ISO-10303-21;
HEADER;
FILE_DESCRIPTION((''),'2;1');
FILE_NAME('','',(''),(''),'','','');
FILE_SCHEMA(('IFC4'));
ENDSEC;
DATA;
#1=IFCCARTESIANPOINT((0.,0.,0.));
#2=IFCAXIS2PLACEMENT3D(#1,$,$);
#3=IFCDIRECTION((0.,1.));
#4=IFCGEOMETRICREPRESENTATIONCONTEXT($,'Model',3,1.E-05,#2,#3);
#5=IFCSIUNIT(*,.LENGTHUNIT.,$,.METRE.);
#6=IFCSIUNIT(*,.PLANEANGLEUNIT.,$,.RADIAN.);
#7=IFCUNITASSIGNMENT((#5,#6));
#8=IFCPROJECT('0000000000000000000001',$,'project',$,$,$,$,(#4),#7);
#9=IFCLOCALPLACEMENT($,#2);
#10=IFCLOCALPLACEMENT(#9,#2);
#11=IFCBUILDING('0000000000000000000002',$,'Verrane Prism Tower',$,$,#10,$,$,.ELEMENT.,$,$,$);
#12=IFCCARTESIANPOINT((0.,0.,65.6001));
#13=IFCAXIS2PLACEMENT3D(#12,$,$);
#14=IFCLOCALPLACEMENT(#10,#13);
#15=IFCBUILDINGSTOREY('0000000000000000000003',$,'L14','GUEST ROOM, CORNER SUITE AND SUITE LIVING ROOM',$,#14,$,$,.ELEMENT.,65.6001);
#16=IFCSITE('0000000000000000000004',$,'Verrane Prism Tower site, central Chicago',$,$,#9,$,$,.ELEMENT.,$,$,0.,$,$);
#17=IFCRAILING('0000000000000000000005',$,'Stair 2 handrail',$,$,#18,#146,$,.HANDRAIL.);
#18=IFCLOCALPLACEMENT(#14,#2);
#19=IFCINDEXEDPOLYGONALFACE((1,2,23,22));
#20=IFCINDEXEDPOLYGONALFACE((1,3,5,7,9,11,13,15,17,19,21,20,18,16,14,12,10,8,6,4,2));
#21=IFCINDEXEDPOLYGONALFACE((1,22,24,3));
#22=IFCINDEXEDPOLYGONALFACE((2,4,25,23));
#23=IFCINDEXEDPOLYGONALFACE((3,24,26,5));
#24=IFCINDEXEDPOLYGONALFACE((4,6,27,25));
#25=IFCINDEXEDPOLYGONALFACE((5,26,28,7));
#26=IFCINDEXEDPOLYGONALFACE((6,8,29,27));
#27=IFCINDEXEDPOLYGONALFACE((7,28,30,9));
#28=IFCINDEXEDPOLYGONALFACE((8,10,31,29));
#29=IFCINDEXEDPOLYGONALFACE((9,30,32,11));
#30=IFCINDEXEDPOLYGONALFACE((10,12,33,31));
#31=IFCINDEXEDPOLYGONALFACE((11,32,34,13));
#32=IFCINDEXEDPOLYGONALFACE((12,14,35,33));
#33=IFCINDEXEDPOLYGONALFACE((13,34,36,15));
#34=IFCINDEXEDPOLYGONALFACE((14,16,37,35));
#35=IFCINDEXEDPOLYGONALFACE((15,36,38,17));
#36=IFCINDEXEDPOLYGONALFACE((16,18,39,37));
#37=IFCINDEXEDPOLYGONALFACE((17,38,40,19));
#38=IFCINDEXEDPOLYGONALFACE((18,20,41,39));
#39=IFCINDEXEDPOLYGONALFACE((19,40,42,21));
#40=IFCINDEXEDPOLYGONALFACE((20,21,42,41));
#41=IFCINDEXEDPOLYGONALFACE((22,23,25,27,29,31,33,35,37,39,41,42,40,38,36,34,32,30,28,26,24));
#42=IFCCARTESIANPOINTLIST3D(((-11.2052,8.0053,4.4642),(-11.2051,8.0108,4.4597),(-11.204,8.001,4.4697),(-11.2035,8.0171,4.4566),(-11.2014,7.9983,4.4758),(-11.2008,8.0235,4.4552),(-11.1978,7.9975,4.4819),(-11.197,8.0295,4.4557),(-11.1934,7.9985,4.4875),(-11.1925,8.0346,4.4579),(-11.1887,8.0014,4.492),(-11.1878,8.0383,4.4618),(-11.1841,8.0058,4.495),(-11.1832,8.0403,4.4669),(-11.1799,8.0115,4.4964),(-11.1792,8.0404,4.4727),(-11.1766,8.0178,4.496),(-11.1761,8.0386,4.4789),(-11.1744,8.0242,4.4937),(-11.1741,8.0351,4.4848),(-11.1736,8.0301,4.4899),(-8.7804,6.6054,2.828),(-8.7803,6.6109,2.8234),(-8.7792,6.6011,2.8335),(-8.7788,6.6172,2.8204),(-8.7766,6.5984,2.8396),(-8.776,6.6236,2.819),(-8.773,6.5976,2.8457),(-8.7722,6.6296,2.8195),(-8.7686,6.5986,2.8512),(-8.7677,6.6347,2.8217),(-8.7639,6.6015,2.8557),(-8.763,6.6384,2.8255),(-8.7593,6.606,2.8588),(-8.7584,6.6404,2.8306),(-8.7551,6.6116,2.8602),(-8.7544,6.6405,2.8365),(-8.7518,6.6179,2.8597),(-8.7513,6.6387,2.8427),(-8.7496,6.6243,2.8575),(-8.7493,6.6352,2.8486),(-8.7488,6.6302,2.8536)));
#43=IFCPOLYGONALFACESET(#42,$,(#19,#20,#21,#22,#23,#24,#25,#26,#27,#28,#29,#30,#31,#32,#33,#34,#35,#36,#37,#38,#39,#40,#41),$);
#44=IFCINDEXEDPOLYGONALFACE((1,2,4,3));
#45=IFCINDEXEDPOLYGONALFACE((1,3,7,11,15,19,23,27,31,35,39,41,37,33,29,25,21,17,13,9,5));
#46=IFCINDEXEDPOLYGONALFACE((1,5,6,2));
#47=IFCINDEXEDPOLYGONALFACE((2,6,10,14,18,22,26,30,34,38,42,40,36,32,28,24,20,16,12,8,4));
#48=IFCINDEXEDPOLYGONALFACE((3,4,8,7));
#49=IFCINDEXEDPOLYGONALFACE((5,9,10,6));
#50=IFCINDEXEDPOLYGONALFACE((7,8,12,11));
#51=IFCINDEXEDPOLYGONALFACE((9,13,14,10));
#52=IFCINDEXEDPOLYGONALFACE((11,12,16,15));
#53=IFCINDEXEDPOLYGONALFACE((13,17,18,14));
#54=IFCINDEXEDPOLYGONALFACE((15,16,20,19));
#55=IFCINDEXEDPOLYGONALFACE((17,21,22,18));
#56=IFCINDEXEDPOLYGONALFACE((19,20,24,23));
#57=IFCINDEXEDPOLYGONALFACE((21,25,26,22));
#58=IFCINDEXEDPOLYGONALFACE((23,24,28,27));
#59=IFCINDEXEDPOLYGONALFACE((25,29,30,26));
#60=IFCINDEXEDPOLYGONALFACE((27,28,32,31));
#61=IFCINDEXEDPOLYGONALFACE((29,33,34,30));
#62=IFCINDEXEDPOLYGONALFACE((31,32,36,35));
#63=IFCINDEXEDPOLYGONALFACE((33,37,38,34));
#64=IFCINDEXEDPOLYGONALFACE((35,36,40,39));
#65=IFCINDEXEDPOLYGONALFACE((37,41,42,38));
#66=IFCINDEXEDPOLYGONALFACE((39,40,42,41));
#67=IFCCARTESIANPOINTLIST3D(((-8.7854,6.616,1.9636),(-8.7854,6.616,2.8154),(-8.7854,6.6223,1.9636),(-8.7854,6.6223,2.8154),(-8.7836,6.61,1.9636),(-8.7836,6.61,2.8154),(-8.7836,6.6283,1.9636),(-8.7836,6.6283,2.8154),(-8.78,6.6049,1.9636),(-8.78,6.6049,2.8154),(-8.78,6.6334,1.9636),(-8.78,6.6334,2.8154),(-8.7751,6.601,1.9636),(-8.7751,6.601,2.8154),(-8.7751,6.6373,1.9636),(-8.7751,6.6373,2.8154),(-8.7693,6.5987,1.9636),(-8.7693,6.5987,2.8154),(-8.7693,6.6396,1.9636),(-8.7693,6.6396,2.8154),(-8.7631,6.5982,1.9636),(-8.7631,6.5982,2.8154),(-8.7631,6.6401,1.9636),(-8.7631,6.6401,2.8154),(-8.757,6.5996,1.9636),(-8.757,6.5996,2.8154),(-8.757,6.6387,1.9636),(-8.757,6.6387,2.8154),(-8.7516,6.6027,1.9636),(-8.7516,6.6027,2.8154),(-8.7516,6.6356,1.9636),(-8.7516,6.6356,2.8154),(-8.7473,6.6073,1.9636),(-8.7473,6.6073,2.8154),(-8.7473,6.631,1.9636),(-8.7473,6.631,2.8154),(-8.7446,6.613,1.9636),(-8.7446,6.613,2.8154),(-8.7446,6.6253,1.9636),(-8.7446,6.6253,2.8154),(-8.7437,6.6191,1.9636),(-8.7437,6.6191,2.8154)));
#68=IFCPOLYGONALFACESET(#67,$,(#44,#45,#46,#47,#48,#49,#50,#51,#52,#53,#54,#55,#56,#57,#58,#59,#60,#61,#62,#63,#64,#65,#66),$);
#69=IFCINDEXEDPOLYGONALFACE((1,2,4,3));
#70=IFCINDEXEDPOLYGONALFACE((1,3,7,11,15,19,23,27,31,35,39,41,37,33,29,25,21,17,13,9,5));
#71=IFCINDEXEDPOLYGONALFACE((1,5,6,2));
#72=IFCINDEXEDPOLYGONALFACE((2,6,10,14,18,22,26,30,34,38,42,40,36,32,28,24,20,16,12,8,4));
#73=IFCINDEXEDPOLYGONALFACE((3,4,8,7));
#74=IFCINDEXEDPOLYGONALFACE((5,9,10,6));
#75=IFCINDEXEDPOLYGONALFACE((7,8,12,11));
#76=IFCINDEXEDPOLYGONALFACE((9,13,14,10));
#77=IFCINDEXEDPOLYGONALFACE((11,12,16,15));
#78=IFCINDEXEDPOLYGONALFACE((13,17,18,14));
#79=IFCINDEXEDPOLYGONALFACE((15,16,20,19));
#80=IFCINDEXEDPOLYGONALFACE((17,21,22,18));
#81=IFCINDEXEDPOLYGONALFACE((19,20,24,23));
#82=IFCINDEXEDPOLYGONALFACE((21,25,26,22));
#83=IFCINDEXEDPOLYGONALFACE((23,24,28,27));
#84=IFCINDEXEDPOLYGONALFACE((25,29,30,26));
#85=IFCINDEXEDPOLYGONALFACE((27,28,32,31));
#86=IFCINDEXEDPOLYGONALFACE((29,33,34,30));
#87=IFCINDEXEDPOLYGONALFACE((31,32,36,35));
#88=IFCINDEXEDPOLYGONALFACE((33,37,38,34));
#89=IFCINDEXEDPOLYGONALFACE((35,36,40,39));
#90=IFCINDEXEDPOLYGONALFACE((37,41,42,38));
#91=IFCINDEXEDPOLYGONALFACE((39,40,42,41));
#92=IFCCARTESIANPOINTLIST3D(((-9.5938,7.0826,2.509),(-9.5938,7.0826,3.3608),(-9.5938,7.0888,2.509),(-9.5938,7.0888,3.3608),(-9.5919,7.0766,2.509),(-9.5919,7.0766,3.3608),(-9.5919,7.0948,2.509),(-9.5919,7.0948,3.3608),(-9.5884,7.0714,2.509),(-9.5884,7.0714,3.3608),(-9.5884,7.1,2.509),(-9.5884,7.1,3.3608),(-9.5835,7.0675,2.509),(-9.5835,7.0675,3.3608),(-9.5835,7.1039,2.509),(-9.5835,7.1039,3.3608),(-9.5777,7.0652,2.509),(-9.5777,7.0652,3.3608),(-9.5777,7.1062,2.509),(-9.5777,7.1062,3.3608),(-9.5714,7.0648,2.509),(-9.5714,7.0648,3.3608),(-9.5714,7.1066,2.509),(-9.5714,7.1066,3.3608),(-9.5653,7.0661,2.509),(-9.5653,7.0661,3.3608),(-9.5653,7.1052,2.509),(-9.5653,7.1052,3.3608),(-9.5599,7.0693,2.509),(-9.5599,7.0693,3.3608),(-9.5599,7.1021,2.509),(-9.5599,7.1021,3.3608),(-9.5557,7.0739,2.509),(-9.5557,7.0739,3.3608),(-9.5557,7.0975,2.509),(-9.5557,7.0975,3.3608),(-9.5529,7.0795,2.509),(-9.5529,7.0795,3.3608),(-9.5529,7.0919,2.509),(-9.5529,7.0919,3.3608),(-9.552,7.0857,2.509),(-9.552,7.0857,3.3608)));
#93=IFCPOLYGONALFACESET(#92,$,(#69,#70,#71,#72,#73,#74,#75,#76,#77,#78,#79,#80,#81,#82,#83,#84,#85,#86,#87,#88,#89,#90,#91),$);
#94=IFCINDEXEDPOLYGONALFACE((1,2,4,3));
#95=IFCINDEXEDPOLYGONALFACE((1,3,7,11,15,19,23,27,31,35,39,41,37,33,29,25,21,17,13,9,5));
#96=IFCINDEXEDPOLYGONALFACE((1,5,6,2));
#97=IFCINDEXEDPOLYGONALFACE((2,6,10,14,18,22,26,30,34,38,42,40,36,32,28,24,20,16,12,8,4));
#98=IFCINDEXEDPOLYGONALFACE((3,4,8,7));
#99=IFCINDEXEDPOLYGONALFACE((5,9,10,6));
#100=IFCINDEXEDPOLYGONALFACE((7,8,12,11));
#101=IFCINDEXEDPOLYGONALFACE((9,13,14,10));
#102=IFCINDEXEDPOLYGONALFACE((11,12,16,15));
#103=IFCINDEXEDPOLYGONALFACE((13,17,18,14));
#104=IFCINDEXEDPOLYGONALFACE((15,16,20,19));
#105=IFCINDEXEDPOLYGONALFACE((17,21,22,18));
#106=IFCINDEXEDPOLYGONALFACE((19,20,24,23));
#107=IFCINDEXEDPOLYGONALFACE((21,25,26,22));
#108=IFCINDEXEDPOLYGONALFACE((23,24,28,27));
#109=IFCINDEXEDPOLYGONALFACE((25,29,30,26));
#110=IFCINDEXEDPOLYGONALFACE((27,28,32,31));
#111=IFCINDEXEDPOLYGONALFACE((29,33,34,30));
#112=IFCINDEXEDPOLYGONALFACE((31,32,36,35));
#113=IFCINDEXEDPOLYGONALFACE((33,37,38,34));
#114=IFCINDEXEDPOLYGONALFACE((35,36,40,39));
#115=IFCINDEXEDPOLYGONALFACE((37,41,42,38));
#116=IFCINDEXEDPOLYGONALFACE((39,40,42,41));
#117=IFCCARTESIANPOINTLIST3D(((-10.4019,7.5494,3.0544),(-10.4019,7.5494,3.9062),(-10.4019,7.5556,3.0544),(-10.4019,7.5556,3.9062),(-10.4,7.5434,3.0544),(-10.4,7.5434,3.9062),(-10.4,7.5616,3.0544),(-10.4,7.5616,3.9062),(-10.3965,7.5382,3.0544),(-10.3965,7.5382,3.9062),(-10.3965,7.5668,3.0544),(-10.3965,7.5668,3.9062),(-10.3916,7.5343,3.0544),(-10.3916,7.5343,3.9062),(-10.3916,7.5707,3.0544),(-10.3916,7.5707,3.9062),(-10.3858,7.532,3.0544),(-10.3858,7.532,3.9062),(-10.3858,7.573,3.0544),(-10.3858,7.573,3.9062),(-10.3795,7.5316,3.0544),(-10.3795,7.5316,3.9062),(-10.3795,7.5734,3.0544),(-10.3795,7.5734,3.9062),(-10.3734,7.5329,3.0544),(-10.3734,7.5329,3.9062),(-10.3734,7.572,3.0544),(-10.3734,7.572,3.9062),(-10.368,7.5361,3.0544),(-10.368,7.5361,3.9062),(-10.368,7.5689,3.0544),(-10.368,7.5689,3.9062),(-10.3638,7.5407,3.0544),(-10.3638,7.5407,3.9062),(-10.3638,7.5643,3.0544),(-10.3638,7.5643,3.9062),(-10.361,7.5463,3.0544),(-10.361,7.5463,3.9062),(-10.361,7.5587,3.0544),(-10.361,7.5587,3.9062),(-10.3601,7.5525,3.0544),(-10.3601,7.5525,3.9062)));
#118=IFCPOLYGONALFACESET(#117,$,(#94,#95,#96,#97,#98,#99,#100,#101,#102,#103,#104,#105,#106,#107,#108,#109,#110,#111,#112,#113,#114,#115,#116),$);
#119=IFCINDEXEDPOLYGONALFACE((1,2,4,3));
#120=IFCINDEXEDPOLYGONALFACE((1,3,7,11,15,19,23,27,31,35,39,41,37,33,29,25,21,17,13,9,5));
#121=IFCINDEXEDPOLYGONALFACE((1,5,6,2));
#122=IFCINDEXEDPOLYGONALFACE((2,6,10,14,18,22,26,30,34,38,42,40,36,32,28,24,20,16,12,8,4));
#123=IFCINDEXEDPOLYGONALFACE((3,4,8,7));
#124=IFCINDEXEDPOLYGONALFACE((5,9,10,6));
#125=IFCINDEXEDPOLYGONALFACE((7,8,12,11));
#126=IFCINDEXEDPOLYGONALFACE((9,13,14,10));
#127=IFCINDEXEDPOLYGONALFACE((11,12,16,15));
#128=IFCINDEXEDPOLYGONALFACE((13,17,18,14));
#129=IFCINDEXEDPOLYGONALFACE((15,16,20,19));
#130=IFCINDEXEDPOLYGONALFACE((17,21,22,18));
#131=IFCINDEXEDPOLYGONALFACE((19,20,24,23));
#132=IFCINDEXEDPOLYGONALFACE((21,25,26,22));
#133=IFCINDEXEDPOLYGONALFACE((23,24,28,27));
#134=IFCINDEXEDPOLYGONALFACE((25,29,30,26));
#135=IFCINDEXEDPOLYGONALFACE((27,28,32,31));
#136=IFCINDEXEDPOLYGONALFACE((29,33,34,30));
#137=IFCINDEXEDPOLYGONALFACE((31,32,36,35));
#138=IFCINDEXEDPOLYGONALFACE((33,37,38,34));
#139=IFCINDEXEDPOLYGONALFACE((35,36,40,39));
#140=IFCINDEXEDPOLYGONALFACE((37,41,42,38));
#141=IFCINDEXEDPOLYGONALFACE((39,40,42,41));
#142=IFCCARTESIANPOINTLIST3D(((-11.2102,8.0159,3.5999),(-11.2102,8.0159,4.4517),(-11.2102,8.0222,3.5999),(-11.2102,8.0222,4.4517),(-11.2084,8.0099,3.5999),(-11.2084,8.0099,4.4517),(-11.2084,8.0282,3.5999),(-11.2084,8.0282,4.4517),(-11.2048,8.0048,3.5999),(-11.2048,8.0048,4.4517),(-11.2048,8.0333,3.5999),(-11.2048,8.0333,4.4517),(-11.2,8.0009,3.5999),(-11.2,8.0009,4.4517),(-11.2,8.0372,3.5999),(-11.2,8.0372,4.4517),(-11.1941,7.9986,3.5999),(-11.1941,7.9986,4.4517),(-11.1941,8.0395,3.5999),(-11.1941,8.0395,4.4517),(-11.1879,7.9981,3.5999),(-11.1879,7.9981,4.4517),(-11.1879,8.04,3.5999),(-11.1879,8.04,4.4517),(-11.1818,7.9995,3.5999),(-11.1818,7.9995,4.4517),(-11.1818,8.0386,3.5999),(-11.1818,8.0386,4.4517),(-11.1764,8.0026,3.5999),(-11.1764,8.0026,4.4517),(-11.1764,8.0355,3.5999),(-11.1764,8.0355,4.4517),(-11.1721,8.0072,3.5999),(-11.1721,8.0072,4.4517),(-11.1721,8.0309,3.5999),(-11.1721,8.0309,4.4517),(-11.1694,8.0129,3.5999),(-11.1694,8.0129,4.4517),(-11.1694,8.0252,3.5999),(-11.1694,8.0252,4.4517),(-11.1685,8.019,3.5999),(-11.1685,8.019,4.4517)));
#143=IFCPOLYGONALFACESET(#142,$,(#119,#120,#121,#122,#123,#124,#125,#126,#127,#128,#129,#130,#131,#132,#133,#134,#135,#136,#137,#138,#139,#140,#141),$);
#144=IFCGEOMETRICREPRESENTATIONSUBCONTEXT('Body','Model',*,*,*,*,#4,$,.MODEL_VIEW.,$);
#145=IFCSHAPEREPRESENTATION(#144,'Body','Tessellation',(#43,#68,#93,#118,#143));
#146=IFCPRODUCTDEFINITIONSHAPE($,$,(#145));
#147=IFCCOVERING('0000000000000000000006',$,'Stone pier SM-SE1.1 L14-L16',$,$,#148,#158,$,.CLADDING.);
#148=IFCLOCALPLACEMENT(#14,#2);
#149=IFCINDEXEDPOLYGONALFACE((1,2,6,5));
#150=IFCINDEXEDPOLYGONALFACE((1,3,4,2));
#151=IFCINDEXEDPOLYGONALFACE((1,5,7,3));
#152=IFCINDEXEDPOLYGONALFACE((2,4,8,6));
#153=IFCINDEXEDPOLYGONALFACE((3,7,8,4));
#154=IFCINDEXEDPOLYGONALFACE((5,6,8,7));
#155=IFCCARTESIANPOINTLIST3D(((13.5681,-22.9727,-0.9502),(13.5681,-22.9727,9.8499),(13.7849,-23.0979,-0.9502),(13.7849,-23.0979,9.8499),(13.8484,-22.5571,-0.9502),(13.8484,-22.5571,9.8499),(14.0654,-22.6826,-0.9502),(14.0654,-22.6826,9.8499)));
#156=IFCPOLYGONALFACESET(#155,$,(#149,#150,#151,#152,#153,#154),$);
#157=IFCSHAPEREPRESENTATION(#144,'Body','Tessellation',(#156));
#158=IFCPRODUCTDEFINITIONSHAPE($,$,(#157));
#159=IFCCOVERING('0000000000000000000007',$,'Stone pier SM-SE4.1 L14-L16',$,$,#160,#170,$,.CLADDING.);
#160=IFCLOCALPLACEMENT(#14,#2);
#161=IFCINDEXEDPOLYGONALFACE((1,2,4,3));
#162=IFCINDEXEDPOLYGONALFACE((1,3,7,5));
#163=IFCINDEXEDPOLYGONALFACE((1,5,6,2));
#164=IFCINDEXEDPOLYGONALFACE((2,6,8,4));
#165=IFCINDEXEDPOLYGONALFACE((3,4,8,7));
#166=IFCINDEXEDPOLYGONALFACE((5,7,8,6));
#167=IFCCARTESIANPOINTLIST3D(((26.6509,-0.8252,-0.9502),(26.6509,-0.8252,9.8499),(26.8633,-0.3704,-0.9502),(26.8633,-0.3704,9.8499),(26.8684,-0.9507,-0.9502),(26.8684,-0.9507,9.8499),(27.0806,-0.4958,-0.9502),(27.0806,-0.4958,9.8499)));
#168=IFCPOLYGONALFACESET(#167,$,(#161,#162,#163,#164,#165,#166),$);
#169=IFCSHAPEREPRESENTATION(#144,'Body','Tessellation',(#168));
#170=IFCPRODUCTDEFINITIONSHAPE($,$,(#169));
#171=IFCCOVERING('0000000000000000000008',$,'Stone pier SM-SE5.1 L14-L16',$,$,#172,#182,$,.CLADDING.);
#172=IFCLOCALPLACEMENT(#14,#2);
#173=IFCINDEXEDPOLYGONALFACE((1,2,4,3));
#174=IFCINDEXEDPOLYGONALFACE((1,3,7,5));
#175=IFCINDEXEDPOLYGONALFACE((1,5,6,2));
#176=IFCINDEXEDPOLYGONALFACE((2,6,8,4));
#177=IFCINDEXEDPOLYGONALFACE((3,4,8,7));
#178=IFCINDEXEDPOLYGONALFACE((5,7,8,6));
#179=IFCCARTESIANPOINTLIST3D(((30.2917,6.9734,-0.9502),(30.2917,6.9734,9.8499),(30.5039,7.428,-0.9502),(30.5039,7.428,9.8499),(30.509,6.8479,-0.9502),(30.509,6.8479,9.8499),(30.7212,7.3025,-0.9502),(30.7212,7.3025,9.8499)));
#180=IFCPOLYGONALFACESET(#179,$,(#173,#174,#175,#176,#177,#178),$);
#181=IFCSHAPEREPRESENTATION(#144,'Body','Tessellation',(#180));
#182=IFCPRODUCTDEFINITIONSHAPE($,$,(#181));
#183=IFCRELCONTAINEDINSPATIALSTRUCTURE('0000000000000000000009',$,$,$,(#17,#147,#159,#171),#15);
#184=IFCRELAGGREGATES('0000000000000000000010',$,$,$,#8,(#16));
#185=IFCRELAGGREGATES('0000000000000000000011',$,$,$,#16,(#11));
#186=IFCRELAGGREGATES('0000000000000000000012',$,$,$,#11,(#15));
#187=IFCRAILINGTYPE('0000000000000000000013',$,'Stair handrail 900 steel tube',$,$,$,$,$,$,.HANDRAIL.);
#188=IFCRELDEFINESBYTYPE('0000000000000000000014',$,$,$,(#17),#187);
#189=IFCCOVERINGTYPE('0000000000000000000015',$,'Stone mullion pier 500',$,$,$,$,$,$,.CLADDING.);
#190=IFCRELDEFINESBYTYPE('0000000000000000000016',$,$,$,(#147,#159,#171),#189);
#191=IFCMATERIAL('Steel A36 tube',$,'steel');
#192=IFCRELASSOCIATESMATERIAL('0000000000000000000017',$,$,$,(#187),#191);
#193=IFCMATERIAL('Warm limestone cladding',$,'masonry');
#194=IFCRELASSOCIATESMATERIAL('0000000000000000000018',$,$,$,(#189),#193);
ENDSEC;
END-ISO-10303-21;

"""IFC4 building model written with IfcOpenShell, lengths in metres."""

from ifc_helpers import new_model, si_unit, direction, frame, origin, origin_2d, place, context, subcontext, project, spatial, polyline, circle, outline, extrude, material, type_object, element, save


model = new_model("IFC4")

# Units and contexts
model_context = context("Model", 3, precision=1e-05, world=origin(), true_north=direction((0.0, 1.0)))
body_context = subcontext(model_context, "Body", "Model", "MODEL_VIEW")
ifc_project = project(units=[si_unit("LENGTHUNIT", "METRE"), si_unit("PLANEANGLEUNIT", "RADIAN")], contexts=[model_context])

# Site, building, storey
site_placement = place(None, origin())
site = spatial("IfcSite", under=ifc_project, at=site_placement, Name="Verrane Prism Tower site, central Chicago", CompositionType="ELEMENT", RefElevation=0.0)
building_placement = place(site_placement, origin())
building = spatial("IfcBuilding", under=site, at=building_placement, Name="Verrane Prism Tower", CompositionType="ELEMENT")
storey_placement = place(building_placement, frame((0.0, 0.0, 65.6001)))
storey = spatial("IfcBuildingStorey", under=building, at=storey_placement, Name="L14", Description="GUEST ROOM, CORNER SUITE AND SUITE LIVING ROOM", CompositionType="ELEMENT", Elevation=65.6001)

# Railing
ifc_material_1 = material(Name="Steel A36 tube", Category="steel")
railing_type_1 = type_object("IfcRailingType", Name="Stair handrail 900 steel tube", PredefinedType="HANDRAIL", material=ifc_material_1)
railing_1_placement = place(storey_placement, frame((-8.7646, 6.6191, 1.9636)))
element("IfcRailing", 1, at=railing_1_placement, inside=storey, type_object=railing_type_1, Name="Stair 2 handrail", PredefinedType="HANDRAIL", context=body_context, shape_type="SweptSolid", body=[
    extrude(circle(Radius=0.0239, at=origin_2d()), frame((0.0, 0.0, 0.876), z_axis=(-0.747718, 0.431677, 0.504552), x_axis=(-0.499984, -0.866035, 0.0)), (0.0, 0.0, 1.0), 3.2429),
    extrude(circle(Radius=0.021, at=origin_2d()), origin(), (0.0, 0.0, 1.0), 0.8518),
    extrude(circle(Radius=0.021, at=origin_2d()), frame((-0.8083, 0.4666, 0.5454)), (0.0, 0.0, 1.0), 0.8518),
    extrude(circle(Radius=0.021, at=origin_2d()), frame((-1.6165, 0.9333, 1.0908)), (0.0, 0.0, 1.0), 0.8518),
    extrude(circle(Radius=0.021, at=origin_2d()), frame((-2.4248, 1.3999, 1.6362)), (0.0, 0.0, 1.0), 0.8518),
])

# Coverings
ifc_material_2 = material(Name="Warm limestone cladding", Category="masonry")
covering_type_1 = type_object("IfcCoveringType", Name="Stone mullion pier 500", PredefinedType="CLADDING", material=ifc_material_2)
covering_1_placement = place(storey_placement, frame((0.0, 0.0, -0.9502)))
element("IfcCovering", 2, at=covering_1_placement, inside=storey, type_object=covering_type_1, Name="Stone pier SM-SE1.1 L14-L16", PredefinedType="CLADDING", context=body_context, shape_type="SweptSolid", body=[
    extrude(outline(polyline([(13.8484, -22.5571), (13.5681, -22.9727), (13.7849, -23.0979), (14.0654, -22.6826), (13.8484, -22.5571)])), origin(), (0.0, 0.0, 1.0), 10.8),
])
covering_2_placement = place(storey_placement, frame((0.0, 0.0, -0.9502)))
element("IfcCovering", 3, at=covering_2_placement, inside=storey, type_object=covering_type_1, Name="Stone pier SM-SE4.1 L14-L16", PredefinedType="CLADDING", context=body_context, shape_type="SweptSolid", body=[
    extrude(outline(polyline([(26.8633, -0.3704), (26.6509, -0.8252), (26.8684, -0.9507), (27.0806, -0.4958), (26.8633, -0.3704)])), origin(), (0.0, 0.0, 1.0), 10.8),
])
covering_3_placement = place(storey_placement, frame((0.0, 0.0, -0.9502)))
element("IfcCovering", 4, at=covering_3_placement, inside=storey, type_object=covering_type_1, Name="Stone pier SM-SE5.1 L14-L16", PredefinedType="CLADDING", context=body_context, shape_type="SweptSolid", body=[
    extrude(outline(polyline([(30.5039, 7.428), (30.2917, 6.9734), (30.509, 6.8479), (30.7212, 7.3025), (30.5039, 7.428)])), origin(), (0.0, 0.0, 1.0), 10.8),
])

save(model, "model.ifc")
